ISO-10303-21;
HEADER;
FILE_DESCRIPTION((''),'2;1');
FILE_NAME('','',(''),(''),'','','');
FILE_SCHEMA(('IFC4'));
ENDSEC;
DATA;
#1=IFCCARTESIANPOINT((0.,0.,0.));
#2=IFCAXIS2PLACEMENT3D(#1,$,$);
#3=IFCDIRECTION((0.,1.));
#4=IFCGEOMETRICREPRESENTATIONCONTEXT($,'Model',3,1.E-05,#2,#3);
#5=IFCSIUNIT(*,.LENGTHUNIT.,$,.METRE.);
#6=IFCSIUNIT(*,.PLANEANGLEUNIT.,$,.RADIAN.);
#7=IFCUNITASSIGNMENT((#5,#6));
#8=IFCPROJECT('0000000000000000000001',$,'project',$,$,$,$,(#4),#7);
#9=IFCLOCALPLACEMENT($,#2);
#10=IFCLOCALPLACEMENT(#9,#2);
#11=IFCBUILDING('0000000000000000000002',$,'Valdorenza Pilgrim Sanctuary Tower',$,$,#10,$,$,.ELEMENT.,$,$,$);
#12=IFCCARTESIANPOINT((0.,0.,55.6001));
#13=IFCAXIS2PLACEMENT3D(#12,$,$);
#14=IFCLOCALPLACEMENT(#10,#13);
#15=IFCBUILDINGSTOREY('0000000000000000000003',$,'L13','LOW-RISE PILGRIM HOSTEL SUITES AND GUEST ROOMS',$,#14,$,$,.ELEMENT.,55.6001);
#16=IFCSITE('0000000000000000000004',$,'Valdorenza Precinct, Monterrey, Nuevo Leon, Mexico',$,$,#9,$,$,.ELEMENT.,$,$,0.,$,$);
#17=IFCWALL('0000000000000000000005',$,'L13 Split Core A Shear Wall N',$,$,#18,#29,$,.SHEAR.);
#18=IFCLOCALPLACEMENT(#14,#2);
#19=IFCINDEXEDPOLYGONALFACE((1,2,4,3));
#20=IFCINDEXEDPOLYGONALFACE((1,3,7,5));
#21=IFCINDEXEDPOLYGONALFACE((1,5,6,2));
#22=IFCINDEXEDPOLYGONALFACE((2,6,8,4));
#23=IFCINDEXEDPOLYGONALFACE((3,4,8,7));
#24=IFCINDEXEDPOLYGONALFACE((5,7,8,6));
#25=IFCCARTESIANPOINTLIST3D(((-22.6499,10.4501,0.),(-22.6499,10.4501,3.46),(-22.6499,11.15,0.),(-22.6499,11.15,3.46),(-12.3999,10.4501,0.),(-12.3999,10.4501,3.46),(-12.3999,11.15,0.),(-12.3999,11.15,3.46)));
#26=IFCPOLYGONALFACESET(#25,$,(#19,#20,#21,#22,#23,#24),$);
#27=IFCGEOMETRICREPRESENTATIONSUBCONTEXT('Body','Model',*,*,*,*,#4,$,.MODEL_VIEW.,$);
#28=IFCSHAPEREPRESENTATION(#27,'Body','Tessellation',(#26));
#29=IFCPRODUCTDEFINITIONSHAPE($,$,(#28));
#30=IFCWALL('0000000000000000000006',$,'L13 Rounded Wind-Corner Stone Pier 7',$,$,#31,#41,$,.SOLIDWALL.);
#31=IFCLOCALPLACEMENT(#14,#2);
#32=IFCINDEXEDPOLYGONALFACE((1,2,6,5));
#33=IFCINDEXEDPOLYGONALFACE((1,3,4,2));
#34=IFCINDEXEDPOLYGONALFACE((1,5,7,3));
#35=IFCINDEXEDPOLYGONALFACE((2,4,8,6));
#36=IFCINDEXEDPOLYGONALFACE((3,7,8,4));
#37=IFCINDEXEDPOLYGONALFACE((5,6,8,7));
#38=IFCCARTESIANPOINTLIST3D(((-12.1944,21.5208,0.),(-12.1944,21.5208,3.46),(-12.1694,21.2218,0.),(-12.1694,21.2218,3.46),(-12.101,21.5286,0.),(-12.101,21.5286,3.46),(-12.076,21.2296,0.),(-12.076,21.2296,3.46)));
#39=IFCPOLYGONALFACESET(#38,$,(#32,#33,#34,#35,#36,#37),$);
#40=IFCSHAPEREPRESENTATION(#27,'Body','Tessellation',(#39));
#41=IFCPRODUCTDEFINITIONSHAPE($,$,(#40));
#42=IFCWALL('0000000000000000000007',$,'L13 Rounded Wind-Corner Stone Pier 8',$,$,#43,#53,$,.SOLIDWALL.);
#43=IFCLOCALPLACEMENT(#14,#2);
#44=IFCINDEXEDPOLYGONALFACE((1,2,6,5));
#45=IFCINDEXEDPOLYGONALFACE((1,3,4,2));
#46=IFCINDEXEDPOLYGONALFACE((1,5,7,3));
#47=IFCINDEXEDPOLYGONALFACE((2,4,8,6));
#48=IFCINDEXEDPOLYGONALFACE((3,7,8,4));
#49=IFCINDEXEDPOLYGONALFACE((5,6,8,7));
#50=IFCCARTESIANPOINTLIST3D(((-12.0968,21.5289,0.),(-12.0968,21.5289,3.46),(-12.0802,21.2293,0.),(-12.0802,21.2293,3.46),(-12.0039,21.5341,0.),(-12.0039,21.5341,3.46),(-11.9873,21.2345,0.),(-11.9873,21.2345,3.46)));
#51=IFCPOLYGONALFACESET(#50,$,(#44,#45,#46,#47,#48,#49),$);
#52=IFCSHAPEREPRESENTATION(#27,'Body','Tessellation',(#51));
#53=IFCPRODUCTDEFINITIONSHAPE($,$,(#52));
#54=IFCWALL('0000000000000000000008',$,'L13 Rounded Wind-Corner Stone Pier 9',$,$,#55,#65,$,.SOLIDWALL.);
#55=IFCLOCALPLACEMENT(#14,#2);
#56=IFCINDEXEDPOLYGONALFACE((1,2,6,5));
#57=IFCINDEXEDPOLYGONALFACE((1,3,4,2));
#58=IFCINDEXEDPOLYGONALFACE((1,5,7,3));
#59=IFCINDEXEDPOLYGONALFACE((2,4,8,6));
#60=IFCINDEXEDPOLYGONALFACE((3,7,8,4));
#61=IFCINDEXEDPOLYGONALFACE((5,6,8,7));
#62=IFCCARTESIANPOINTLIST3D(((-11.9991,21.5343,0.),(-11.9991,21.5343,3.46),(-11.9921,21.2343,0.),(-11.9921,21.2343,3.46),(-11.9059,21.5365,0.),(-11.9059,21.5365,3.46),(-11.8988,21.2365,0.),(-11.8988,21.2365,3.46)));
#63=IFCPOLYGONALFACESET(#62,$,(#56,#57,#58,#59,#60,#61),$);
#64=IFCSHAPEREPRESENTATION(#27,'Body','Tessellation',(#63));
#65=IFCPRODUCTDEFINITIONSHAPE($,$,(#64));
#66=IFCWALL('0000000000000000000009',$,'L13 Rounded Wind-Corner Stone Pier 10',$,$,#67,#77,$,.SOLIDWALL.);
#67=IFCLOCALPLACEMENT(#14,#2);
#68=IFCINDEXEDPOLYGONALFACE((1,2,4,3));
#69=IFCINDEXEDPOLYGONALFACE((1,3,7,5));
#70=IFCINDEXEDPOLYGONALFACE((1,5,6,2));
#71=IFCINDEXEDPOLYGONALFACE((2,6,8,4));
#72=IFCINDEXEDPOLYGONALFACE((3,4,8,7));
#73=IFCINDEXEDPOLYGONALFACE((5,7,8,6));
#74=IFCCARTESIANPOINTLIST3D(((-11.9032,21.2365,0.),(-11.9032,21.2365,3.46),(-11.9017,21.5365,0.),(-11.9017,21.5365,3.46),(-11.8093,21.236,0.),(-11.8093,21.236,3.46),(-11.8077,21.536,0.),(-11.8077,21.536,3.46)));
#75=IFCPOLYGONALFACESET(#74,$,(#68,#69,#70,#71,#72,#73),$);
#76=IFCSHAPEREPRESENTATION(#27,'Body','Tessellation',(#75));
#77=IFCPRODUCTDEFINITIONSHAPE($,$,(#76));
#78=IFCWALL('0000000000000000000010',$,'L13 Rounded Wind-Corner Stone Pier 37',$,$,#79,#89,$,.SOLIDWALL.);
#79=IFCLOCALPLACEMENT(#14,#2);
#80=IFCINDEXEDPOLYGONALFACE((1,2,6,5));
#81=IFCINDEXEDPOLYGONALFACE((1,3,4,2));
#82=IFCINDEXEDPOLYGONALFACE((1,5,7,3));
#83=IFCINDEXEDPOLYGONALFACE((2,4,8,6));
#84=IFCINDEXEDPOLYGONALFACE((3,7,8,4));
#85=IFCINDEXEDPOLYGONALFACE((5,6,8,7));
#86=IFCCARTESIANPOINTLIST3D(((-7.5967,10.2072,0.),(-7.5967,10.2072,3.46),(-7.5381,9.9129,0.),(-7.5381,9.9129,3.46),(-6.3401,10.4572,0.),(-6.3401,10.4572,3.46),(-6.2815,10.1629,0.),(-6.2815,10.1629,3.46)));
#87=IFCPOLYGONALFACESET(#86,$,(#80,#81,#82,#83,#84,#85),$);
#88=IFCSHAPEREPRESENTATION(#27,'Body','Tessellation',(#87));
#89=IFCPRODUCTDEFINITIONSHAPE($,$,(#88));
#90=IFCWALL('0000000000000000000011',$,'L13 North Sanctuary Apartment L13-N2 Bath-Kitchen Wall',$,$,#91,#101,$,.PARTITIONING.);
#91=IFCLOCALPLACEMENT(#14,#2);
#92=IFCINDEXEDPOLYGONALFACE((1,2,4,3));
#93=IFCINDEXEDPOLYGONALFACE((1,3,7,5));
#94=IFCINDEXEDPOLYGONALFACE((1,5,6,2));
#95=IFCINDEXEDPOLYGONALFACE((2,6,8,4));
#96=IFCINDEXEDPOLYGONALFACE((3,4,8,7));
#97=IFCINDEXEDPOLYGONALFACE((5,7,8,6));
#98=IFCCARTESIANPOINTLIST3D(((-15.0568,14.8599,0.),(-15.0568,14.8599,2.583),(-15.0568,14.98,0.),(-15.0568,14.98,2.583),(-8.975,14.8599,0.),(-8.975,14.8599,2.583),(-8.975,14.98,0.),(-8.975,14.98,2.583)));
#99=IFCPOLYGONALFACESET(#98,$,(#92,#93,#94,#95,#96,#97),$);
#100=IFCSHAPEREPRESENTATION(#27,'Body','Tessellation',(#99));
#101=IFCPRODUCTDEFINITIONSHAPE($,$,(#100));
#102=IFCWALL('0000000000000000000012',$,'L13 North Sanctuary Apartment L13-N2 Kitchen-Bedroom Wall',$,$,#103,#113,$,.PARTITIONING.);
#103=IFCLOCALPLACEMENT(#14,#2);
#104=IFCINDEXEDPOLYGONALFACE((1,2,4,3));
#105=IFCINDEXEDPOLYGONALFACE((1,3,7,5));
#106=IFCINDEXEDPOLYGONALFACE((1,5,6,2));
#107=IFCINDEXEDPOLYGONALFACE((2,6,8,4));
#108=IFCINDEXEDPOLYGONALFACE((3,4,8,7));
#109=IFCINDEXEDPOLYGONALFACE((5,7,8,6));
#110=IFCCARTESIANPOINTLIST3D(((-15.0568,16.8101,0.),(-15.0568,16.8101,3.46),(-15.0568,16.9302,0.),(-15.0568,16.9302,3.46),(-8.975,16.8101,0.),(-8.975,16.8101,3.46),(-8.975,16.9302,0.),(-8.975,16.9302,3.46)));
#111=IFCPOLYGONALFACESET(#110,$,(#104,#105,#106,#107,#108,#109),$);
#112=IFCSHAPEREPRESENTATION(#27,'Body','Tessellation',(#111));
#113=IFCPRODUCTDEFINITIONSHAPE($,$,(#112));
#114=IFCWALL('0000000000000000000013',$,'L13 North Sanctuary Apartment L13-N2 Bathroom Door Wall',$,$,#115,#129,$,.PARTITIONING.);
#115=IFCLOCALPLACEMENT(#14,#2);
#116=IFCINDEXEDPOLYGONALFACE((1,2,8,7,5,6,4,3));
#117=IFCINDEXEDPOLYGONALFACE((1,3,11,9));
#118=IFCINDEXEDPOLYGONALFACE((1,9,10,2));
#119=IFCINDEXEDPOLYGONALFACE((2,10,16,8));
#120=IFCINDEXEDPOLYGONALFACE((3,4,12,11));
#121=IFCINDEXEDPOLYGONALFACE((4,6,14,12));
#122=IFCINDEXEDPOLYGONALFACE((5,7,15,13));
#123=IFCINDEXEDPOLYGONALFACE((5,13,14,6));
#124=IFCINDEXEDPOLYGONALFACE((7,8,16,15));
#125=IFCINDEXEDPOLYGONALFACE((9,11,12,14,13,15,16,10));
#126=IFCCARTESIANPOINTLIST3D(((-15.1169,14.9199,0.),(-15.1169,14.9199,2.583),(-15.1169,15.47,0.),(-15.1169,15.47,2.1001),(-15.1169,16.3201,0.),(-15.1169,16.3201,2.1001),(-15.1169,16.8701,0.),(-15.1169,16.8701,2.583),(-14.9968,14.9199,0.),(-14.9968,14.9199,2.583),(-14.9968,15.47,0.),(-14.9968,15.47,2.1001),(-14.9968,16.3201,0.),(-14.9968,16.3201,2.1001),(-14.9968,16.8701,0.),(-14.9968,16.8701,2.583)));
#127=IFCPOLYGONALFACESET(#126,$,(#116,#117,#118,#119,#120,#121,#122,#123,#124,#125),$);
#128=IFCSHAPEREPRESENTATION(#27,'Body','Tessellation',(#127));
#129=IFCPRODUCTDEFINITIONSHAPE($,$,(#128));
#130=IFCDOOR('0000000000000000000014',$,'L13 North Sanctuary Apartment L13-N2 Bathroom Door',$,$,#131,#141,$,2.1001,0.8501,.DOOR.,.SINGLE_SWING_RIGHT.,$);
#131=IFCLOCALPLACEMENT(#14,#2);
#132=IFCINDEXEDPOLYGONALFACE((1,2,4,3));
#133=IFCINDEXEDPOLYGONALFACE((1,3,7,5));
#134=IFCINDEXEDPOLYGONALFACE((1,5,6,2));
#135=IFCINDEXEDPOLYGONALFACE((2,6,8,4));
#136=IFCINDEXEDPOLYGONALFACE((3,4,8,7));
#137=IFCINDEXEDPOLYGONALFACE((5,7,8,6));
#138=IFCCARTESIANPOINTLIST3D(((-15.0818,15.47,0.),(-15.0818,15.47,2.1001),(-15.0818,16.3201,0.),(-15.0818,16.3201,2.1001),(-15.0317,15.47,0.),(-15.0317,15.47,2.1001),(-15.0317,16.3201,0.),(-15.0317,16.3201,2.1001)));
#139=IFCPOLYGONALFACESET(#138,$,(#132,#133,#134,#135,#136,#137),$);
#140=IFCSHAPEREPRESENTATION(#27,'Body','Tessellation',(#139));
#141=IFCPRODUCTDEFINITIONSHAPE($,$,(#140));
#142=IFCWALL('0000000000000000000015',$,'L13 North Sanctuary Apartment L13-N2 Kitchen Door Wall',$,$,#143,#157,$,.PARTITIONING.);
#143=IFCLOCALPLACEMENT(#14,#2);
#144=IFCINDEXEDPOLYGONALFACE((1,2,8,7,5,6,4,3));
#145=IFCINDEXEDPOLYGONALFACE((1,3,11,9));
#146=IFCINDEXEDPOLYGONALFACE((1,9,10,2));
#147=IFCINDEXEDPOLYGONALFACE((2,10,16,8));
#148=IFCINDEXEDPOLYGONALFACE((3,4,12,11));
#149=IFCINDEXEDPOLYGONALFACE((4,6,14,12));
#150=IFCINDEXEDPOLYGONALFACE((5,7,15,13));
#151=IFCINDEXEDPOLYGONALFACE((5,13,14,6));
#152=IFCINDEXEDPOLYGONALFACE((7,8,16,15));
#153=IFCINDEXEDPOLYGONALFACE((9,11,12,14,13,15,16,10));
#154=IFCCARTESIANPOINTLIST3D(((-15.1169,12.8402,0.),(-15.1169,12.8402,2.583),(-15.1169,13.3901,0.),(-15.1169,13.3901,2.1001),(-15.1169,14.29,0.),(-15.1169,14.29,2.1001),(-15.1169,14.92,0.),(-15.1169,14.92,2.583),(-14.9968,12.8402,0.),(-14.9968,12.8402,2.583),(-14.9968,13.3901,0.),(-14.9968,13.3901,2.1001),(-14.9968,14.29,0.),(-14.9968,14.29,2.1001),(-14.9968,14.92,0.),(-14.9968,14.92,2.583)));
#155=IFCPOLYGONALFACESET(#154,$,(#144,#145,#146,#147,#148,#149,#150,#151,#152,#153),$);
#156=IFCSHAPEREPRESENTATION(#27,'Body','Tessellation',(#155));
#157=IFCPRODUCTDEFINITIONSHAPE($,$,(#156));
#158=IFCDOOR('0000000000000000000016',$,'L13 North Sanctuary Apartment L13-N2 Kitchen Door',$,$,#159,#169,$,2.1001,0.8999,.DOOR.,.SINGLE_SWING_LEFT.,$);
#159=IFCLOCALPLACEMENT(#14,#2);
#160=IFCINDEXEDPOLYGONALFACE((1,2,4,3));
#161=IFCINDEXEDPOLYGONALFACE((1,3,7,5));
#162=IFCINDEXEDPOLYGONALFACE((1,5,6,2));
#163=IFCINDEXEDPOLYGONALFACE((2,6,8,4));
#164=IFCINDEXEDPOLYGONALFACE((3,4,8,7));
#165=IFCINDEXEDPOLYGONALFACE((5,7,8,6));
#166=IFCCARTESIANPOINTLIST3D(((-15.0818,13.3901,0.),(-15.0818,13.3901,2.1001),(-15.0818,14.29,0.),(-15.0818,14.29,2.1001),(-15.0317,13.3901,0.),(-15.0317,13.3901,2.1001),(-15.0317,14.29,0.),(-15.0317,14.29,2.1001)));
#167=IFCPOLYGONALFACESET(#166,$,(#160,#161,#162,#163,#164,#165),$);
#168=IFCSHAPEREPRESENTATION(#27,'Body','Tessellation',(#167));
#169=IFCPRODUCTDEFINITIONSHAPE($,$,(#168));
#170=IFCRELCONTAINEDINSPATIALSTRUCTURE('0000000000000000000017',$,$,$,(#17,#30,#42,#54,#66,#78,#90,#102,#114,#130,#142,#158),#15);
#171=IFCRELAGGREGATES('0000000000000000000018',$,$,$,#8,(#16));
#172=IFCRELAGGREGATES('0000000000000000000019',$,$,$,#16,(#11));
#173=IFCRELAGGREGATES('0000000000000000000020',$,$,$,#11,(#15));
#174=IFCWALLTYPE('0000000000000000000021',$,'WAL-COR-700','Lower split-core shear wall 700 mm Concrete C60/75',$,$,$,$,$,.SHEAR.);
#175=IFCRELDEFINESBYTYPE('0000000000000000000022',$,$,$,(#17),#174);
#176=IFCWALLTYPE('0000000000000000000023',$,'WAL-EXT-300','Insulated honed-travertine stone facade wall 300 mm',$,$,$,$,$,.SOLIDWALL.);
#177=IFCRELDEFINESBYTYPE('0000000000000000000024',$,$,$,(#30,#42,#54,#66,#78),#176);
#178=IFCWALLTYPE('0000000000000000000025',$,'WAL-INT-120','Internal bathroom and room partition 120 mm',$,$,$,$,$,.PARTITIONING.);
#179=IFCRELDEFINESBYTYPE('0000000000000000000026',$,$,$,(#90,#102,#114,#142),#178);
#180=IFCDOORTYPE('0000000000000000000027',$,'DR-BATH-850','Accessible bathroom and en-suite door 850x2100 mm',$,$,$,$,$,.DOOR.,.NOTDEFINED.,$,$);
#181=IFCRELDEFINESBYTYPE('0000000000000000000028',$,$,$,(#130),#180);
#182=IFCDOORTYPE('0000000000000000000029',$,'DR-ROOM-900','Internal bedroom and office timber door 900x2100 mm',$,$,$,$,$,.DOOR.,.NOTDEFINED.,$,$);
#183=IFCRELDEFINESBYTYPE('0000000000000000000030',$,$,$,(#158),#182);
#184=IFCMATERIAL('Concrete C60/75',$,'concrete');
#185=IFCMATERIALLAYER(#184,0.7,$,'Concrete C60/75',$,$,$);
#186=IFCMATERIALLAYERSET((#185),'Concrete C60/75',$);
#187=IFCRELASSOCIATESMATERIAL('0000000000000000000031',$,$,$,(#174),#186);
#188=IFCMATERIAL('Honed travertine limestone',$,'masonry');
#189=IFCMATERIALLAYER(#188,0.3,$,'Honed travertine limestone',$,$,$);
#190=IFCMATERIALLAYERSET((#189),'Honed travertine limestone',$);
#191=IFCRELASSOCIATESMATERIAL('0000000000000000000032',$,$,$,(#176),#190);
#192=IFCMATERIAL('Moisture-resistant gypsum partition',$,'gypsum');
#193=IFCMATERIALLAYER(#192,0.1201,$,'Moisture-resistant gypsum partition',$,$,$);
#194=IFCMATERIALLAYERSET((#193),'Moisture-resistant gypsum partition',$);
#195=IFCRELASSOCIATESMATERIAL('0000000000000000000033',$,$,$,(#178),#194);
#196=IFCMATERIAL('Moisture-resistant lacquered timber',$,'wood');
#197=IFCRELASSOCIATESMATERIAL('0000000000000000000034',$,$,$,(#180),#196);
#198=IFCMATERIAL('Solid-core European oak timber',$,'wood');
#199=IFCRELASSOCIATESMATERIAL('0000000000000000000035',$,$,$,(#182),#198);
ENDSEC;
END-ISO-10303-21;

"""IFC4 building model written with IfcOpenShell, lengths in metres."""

from ifc_helpers import new_model, si_unit, direction, frame, frame_2d, origin, place, context, subcontext, project, spatial, rectangle, extrude, material, layer, layer_set, type_object, element, fill, save


model = new_model("IFC4")

# Units and contexts
model_context = context("Model", 3, precision=1e-05, world=origin(), true_north=direction((0.0, 1.0)))
body_context = subcontext(model_context, "Body", "Model", "MODEL_VIEW")
ifc_project = project(units=[si_unit("LENGTHUNIT", "METRE"), si_unit("PLANEANGLEUNIT", "RADIAN")], contexts=[model_context])

# Site, building, storey
site_placement = place(None, origin())
site = spatial("IfcSite", under=ifc_project, at=site_placement, Name="Valdorenza Precinct, Monterrey, Nuevo Leon, Mexico", CompositionType="ELEMENT", RefElevation=0.0)
building_placement = place(site_placement, origin())
building = spatial("IfcBuilding", under=site, at=building_placement, Name="Valdorenza Pilgrim Sanctuary Tower", CompositionType="ELEMENT")
storey_placement = place(building_placement, frame((0.0, 0.0, 55.6001)))
storey = spatial("IfcBuildingStorey", under=building, at=storey_placement, Name="L13", Description="LOW-RISE PILGRIM HOSTEL SUITES AND GUEST ROOMS", CompositionType="ELEMENT", Elevation=55.6001)

# Shared definitions
ifc_material_1 = material(Name="Concrete C60/75", Category="concrete")

# Shared definitions
ifc_material_2 = material(Name="Honed travertine limestone", Category="masonry")

# Walls
ifc_layer_1 = layer(ifc_material_1, 0.7, Name="Concrete C60/75")
ifc_layer_set_1 = layer_set([ifc_layer_1], Name="Concrete C60/75")
wall_type_1 = type_object("IfcWallType", Name="WAL-COR-700", Description="Lower split-core shear wall 700 mm Concrete C60/75", PredefinedType="SHEAR", material=ifc_layer_set_1)
wall_1_placement = place(storey_placement, frame((-22.6499, 10.8, 0.0), z_axis=(0.0, 0.0, 1.0), x_axis=(1.0, 0.0, 0.0)))
element("IfcWall", 1, at=wall_1_placement, inside=storey, type_object=wall_type_1, Name="L13 Split Core A Shear Wall N", PredefinedType="SHEAR", context=body_context, shape_type="SweptSolid", body=[
    extrude(rectangle(XDim=10.25, YDim=0.7, at=frame_2d((5.125, 0.0))), origin(), (0.0, 0.0, 1.0), 3.46),
])
ifc_layer_2 = layer(ifc_material_2, 0.3, Name="Honed travertine limestone")
ifc_layer_set_2 = layer_set([ifc_layer_2], Name="Honed travertine limestone")
wall_type_2 = type_object("IfcWallType", Name="WAL-EXT-300", Description="Insulated honed-travertine stone facade wall 300 mm", PredefinedType="SOLIDWALL", material=ifc_layer_set_2)
wall_2_placement = place(storey_placement, frame((-12.1819, 21.3713, 0.0), z_axis=(0.0, 0.0, 1.0), x_axis=(0.996528, 0.083261, 0.0)))
element("IfcWall", 2, at=wall_2_placement, inside=storey, type_object=wall_type_2, Name="L13 Rounded Wind-Corner Stone Pier 7", PredefinedType="SOLIDWALL", context=body_context, shape_type="SweptSolid", body=[
    extrude(rectangle(XDim=0.0938, YDim=0.3, at=frame_2d((0.0469, 0.0))), origin(), (0.0, 0.0, 1.0), 3.46),
])
wall_3_placement = place(storey_placement, frame((-12.0884, 21.3792, 0.0), z_axis=(0.0, 0.0, 1.0), x_axis=(0.998476, 0.055179, 0.0)))
element("IfcWall", 3, at=wall_3_placement, inside=storey, type_object=wall_type_2, Name="L13 Rounded Wind-Corner Stone Pier 8", PredefinedType="SOLIDWALL", context=body_context, shape_type="SweptSolid", body=[
    extrude(rectangle(XDim=0.093, YDim=0.3, at=frame_2d((0.0464, 0.0))), origin(), (0.0, 0.0, 1.0), 3.46),
])
wall_4_placement = place(storey_placement, frame((-11.9956, 21.3843, 0.0), z_axis=(0.0, 0.0, 1.0), x_axis=(0.999723, 0.023554, 0.0)))
element("IfcWall", 4, at=wall_4_placement, inside=storey, type_object=wall_type_2, Name="L13 Rounded Wind-Corner Stone Pier 9", PredefinedType="SOLIDWALL", context=body_context, shape_type="SweptSolid", body=[
    extrude(rectangle(XDim=0.0933, YDim=0.3, at=frame_2d((0.0466, 0.0))), origin(), (0.0, 0.0, 1.0), 3.46),
])
wall_5_placement = place(storey_placement, frame((-11.9023, 21.3865, 0.0), z_axis=(0.0, 0.0, 1.0), x_axis=(0.999987, -0.005195, 0.0)))
element("IfcWall", 5, at=wall_5_placement, inside=storey, type_object=wall_type_2, Name="L13 Rounded Wind-Corner Stone Pier 10", PredefinedType="SOLIDWALL", context=body_context, shape_type="SweptSolid", body=[
    extrude(rectangle(XDim=0.094, YDim=0.3, at=frame_2d((0.0469, 0.0))), origin(), (0.0, 0.0, 1.0), 3.46),
])
wall_6_placement = place(storey_placement, frame((-6.3108, 10.3101, 0.0), z_axis=(0.0, 0.0, 1.0), x_axis=(-0.980778, -0.195127, 0.0)))
element("IfcWall", 6, at=wall_6_placement, inside=storey, type_object=wall_type_2, Name="L13 Rounded Wind-Corner Stone Pier 37", PredefinedType="SOLIDWALL", context=body_context, shape_type="SweptSolid", body=[
    extrude(rectangle(XDim=1.2812, YDim=0.3, at=frame_2d((0.6406, 0.0))), origin(), (0.0, 0.0, 1.0), 3.46),
])
ifc_material_3 = material(Name="Moisture-resistant gypsum partition", Category="gypsum")
ifc_layer_3 = layer(ifc_material_3, 0.1201, Name="Moisture-resistant gypsum partition")
ifc_layer_set_3 = layer_set([ifc_layer_3], Name="Moisture-resistant gypsum partition")
wall_type_3 = type_object("IfcWallType", Name="WAL-INT-120", Description="Internal bathroom and room partition 120 mm", PredefinedType="PARTITIONING", material=ifc_layer_set_3)
wall_7_placement = place(storey_placement, frame((-15.0569, 14.9199, 0.0), z_axis=(0.0, 0.0, 1.0), x_axis=(1.0, 0.0, 0.0)))
element("IfcWall", 7, at=wall_7_placement, inside=storey, type_object=wall_type_3, Name="L13 North Sanctuary Apartment L13-N2 Bath-Kitchen Wall", PredefinedType="PARTITIONING", context=body_context, shape_type="SweptSolid", body=[
    extrude(rectangle(XDim=6.0818, YDim=0.1201, at=frame_2d((3.041, 0.0))), origin(), (0.0, 0.0, 1.0), 2.583),
])
wall_8_placement = place(storey_placement, frame((-15.0569, 16.8701, 0.0), z_axis=(0.0, 0.0, 1.0), x_axis=(1.0, 0.0, 0.0)))
element("IfcWall", 8, at=wall_8_placement, inside=storey, type_object=wall_type_3, Name="L13 North Sanctuary Apartment L13-N2 Kitchen-Bedroom Wall", PredefinedType="PARTITIONING", context=body_context, shape_type="SweptSolid", body=[
    extrude(rectangle(XDim=6.0818, YDim=0.1201, at=frame_2d((3.041, 0.0))), origin(), (0.0, 0.0, 1.0), 3.46),
])

# Walls, openings, doors
wall_9_placement = place(storey_placement, frame((-15.0569, 14.9199, 0.0), z_axis=(0.0, 0.0, 1.0), x_axis=(0.0, 1.0, 0.0)))
wall_9 = element("IfcWall", 9, at=wall_9_placement, inside=storey, type_object=wall_type_3, Name="L13 North Sanctuary Apartment L13-N2 Bathroom Door Wall", PredefinedType="PARTITIONING", context=body_context, shape_type="SweptSolid", body=[
    extrude(rectangle(XDim=1.9502, YDim=0.1201, at=frame_2d((0.9751, 0.0))), origin(), (0.0, 0.0, 1.0), 2.583),
])
opening_1_placement = place(wall_9_placement, frame((0.55, 0.0, 0.0)))
opening_1 = element("IfcOpeningElement", 10, at=opening_1_placement, cuts=wall_9, PredefinedType="OPENING", context=body_context, shape_type="SweptSolid", body=[
    extrude(rectangle(XDim=0.8501, YDim=2.1001, at=frame_2d((0.425, 1.05))), frame((0.0, 0.075, 0.0), z_axis=(0.0, -1.0, 0.0), x_axis=(1.0, 0.0, 0.0)), (0.0, 0.0, 1.0), 0.1499),
])
ifc_material_4 = material(Name="Moisture-resistant lacquered timber", Category="wood")
door_type_1 = type_object("IfcDoorType", Name="DR-BATH-850", Description="Accessible bathroom and en-suite door 850x2100 mm", OperationType="NOTDEFINED", PredefinedType="DOOR", material=ifc_material_4)
door_1_placement = place(opening_1_placement, origin())
door_1 = element("IfcDoor", 11, at=door_1_placement, inside=storey, type_object=door_type_1, Name="L13 North Sanctuary Apartment L13-N2 Bathroom Door", OperationType="SINGLE_SWING_RIGHT", OverallHeight=2.1001, OverallWidth=0.8501, PredefinedType="DOOR", context=body_context, shape_type="SweptSolid", body=[
    extrude(rectangle(XDim=0.8501, YDim=2.1001, at=frame_2d((0.425, 1.05))), frame((0.0, 0.0249, 0.0), z_axis=(0.0, -1.0, 0.0), x_axis=(1.0, 0.0, 0.0)), (0.0, 0.0, 1.0), 0.05),
])
fill(opening_1, door_1)
wall_10_placement = place(storey_placement, frame((-15.0569, 12.8401, 0.0), z_axis=(0.0, 0.0, 1.0), x_axis=(0.0, 1.0, 0.0)))
wall_10 = element("IfcWall", 12, at=wall_10_placement, inside=storey, type_object=wall_type_3, Name="L13 North Sanctuary Apartment L13-N2 Kitchen Door Wall", PredefinedType="PARTITIONING", context=body_context, shape_type="SweptSolid", body=[
    extrude(rectangle(XDim=2.0798, YDim=0.1201, at=frame_2d((1.04, 0.0))), origin(), (0.0, 0.0, 1.0), 2.583),
])
opening_2_placement = place(wall_10_placement, frame((0.55, 0.0, 0.0)))
opening_2 = element("IfcOpeningElement", 13, at=opening_2_placement, cuts=wall_10, PredefinedType="OPENING", context=body_context, shape_type="SweptSolid", body=[
    extrude(rectangle(XDim=0.8999, YDim=2.1001, at=frame_2d((0.45, 1.05))), frame((0.0, 0.075, 0.0), z_axis=(0.0, -1.0, 0.0), x_axis=(1.0, 0.0, 0.0)), (0.0, 0.0, 1.0), 0.1499),
])
ifc_material_5 = material(Name="Solid-core European oak timber", Category="wood")
door_type_2 = type_object("IfcDoorType", Name="DR-ROOM-900", Description="Internal bedroom and office timber door 900x2100 mm", OperationType="NOTDEFINED", PredefinedType="DOOR", material=ifc_material_5)
door_2_placement = place(opening_2_placement, origin())
door_2 = element("IfcDoor", 14, at=door_2_placement, inside=storey, type_object=door_type_2, Name="L13 North Sanctuary Apartment L13-N2 Kitchen Door", OperationType="SINGLE_SWING_LEFT", OverallHeight=2.1001, OverallWidth=0.8999, PredefinedType="DOOR", context=body_context, shape_type="SweptSolid", body=[
    extrude(rectangle(XDim=0.8999, YDim=2.1001, at=frame_2d((0.45, 1.05))), frame((0.0, 0.0249, 0.0), z_axis=(0.0, -1.0, 0.0), x_axis=(1.0, 0.0, 0.0)), (0.0, 0.0, 1.0), 0.05),
])
fill(opening_2, door_2)

save(model, "model.ifc")
